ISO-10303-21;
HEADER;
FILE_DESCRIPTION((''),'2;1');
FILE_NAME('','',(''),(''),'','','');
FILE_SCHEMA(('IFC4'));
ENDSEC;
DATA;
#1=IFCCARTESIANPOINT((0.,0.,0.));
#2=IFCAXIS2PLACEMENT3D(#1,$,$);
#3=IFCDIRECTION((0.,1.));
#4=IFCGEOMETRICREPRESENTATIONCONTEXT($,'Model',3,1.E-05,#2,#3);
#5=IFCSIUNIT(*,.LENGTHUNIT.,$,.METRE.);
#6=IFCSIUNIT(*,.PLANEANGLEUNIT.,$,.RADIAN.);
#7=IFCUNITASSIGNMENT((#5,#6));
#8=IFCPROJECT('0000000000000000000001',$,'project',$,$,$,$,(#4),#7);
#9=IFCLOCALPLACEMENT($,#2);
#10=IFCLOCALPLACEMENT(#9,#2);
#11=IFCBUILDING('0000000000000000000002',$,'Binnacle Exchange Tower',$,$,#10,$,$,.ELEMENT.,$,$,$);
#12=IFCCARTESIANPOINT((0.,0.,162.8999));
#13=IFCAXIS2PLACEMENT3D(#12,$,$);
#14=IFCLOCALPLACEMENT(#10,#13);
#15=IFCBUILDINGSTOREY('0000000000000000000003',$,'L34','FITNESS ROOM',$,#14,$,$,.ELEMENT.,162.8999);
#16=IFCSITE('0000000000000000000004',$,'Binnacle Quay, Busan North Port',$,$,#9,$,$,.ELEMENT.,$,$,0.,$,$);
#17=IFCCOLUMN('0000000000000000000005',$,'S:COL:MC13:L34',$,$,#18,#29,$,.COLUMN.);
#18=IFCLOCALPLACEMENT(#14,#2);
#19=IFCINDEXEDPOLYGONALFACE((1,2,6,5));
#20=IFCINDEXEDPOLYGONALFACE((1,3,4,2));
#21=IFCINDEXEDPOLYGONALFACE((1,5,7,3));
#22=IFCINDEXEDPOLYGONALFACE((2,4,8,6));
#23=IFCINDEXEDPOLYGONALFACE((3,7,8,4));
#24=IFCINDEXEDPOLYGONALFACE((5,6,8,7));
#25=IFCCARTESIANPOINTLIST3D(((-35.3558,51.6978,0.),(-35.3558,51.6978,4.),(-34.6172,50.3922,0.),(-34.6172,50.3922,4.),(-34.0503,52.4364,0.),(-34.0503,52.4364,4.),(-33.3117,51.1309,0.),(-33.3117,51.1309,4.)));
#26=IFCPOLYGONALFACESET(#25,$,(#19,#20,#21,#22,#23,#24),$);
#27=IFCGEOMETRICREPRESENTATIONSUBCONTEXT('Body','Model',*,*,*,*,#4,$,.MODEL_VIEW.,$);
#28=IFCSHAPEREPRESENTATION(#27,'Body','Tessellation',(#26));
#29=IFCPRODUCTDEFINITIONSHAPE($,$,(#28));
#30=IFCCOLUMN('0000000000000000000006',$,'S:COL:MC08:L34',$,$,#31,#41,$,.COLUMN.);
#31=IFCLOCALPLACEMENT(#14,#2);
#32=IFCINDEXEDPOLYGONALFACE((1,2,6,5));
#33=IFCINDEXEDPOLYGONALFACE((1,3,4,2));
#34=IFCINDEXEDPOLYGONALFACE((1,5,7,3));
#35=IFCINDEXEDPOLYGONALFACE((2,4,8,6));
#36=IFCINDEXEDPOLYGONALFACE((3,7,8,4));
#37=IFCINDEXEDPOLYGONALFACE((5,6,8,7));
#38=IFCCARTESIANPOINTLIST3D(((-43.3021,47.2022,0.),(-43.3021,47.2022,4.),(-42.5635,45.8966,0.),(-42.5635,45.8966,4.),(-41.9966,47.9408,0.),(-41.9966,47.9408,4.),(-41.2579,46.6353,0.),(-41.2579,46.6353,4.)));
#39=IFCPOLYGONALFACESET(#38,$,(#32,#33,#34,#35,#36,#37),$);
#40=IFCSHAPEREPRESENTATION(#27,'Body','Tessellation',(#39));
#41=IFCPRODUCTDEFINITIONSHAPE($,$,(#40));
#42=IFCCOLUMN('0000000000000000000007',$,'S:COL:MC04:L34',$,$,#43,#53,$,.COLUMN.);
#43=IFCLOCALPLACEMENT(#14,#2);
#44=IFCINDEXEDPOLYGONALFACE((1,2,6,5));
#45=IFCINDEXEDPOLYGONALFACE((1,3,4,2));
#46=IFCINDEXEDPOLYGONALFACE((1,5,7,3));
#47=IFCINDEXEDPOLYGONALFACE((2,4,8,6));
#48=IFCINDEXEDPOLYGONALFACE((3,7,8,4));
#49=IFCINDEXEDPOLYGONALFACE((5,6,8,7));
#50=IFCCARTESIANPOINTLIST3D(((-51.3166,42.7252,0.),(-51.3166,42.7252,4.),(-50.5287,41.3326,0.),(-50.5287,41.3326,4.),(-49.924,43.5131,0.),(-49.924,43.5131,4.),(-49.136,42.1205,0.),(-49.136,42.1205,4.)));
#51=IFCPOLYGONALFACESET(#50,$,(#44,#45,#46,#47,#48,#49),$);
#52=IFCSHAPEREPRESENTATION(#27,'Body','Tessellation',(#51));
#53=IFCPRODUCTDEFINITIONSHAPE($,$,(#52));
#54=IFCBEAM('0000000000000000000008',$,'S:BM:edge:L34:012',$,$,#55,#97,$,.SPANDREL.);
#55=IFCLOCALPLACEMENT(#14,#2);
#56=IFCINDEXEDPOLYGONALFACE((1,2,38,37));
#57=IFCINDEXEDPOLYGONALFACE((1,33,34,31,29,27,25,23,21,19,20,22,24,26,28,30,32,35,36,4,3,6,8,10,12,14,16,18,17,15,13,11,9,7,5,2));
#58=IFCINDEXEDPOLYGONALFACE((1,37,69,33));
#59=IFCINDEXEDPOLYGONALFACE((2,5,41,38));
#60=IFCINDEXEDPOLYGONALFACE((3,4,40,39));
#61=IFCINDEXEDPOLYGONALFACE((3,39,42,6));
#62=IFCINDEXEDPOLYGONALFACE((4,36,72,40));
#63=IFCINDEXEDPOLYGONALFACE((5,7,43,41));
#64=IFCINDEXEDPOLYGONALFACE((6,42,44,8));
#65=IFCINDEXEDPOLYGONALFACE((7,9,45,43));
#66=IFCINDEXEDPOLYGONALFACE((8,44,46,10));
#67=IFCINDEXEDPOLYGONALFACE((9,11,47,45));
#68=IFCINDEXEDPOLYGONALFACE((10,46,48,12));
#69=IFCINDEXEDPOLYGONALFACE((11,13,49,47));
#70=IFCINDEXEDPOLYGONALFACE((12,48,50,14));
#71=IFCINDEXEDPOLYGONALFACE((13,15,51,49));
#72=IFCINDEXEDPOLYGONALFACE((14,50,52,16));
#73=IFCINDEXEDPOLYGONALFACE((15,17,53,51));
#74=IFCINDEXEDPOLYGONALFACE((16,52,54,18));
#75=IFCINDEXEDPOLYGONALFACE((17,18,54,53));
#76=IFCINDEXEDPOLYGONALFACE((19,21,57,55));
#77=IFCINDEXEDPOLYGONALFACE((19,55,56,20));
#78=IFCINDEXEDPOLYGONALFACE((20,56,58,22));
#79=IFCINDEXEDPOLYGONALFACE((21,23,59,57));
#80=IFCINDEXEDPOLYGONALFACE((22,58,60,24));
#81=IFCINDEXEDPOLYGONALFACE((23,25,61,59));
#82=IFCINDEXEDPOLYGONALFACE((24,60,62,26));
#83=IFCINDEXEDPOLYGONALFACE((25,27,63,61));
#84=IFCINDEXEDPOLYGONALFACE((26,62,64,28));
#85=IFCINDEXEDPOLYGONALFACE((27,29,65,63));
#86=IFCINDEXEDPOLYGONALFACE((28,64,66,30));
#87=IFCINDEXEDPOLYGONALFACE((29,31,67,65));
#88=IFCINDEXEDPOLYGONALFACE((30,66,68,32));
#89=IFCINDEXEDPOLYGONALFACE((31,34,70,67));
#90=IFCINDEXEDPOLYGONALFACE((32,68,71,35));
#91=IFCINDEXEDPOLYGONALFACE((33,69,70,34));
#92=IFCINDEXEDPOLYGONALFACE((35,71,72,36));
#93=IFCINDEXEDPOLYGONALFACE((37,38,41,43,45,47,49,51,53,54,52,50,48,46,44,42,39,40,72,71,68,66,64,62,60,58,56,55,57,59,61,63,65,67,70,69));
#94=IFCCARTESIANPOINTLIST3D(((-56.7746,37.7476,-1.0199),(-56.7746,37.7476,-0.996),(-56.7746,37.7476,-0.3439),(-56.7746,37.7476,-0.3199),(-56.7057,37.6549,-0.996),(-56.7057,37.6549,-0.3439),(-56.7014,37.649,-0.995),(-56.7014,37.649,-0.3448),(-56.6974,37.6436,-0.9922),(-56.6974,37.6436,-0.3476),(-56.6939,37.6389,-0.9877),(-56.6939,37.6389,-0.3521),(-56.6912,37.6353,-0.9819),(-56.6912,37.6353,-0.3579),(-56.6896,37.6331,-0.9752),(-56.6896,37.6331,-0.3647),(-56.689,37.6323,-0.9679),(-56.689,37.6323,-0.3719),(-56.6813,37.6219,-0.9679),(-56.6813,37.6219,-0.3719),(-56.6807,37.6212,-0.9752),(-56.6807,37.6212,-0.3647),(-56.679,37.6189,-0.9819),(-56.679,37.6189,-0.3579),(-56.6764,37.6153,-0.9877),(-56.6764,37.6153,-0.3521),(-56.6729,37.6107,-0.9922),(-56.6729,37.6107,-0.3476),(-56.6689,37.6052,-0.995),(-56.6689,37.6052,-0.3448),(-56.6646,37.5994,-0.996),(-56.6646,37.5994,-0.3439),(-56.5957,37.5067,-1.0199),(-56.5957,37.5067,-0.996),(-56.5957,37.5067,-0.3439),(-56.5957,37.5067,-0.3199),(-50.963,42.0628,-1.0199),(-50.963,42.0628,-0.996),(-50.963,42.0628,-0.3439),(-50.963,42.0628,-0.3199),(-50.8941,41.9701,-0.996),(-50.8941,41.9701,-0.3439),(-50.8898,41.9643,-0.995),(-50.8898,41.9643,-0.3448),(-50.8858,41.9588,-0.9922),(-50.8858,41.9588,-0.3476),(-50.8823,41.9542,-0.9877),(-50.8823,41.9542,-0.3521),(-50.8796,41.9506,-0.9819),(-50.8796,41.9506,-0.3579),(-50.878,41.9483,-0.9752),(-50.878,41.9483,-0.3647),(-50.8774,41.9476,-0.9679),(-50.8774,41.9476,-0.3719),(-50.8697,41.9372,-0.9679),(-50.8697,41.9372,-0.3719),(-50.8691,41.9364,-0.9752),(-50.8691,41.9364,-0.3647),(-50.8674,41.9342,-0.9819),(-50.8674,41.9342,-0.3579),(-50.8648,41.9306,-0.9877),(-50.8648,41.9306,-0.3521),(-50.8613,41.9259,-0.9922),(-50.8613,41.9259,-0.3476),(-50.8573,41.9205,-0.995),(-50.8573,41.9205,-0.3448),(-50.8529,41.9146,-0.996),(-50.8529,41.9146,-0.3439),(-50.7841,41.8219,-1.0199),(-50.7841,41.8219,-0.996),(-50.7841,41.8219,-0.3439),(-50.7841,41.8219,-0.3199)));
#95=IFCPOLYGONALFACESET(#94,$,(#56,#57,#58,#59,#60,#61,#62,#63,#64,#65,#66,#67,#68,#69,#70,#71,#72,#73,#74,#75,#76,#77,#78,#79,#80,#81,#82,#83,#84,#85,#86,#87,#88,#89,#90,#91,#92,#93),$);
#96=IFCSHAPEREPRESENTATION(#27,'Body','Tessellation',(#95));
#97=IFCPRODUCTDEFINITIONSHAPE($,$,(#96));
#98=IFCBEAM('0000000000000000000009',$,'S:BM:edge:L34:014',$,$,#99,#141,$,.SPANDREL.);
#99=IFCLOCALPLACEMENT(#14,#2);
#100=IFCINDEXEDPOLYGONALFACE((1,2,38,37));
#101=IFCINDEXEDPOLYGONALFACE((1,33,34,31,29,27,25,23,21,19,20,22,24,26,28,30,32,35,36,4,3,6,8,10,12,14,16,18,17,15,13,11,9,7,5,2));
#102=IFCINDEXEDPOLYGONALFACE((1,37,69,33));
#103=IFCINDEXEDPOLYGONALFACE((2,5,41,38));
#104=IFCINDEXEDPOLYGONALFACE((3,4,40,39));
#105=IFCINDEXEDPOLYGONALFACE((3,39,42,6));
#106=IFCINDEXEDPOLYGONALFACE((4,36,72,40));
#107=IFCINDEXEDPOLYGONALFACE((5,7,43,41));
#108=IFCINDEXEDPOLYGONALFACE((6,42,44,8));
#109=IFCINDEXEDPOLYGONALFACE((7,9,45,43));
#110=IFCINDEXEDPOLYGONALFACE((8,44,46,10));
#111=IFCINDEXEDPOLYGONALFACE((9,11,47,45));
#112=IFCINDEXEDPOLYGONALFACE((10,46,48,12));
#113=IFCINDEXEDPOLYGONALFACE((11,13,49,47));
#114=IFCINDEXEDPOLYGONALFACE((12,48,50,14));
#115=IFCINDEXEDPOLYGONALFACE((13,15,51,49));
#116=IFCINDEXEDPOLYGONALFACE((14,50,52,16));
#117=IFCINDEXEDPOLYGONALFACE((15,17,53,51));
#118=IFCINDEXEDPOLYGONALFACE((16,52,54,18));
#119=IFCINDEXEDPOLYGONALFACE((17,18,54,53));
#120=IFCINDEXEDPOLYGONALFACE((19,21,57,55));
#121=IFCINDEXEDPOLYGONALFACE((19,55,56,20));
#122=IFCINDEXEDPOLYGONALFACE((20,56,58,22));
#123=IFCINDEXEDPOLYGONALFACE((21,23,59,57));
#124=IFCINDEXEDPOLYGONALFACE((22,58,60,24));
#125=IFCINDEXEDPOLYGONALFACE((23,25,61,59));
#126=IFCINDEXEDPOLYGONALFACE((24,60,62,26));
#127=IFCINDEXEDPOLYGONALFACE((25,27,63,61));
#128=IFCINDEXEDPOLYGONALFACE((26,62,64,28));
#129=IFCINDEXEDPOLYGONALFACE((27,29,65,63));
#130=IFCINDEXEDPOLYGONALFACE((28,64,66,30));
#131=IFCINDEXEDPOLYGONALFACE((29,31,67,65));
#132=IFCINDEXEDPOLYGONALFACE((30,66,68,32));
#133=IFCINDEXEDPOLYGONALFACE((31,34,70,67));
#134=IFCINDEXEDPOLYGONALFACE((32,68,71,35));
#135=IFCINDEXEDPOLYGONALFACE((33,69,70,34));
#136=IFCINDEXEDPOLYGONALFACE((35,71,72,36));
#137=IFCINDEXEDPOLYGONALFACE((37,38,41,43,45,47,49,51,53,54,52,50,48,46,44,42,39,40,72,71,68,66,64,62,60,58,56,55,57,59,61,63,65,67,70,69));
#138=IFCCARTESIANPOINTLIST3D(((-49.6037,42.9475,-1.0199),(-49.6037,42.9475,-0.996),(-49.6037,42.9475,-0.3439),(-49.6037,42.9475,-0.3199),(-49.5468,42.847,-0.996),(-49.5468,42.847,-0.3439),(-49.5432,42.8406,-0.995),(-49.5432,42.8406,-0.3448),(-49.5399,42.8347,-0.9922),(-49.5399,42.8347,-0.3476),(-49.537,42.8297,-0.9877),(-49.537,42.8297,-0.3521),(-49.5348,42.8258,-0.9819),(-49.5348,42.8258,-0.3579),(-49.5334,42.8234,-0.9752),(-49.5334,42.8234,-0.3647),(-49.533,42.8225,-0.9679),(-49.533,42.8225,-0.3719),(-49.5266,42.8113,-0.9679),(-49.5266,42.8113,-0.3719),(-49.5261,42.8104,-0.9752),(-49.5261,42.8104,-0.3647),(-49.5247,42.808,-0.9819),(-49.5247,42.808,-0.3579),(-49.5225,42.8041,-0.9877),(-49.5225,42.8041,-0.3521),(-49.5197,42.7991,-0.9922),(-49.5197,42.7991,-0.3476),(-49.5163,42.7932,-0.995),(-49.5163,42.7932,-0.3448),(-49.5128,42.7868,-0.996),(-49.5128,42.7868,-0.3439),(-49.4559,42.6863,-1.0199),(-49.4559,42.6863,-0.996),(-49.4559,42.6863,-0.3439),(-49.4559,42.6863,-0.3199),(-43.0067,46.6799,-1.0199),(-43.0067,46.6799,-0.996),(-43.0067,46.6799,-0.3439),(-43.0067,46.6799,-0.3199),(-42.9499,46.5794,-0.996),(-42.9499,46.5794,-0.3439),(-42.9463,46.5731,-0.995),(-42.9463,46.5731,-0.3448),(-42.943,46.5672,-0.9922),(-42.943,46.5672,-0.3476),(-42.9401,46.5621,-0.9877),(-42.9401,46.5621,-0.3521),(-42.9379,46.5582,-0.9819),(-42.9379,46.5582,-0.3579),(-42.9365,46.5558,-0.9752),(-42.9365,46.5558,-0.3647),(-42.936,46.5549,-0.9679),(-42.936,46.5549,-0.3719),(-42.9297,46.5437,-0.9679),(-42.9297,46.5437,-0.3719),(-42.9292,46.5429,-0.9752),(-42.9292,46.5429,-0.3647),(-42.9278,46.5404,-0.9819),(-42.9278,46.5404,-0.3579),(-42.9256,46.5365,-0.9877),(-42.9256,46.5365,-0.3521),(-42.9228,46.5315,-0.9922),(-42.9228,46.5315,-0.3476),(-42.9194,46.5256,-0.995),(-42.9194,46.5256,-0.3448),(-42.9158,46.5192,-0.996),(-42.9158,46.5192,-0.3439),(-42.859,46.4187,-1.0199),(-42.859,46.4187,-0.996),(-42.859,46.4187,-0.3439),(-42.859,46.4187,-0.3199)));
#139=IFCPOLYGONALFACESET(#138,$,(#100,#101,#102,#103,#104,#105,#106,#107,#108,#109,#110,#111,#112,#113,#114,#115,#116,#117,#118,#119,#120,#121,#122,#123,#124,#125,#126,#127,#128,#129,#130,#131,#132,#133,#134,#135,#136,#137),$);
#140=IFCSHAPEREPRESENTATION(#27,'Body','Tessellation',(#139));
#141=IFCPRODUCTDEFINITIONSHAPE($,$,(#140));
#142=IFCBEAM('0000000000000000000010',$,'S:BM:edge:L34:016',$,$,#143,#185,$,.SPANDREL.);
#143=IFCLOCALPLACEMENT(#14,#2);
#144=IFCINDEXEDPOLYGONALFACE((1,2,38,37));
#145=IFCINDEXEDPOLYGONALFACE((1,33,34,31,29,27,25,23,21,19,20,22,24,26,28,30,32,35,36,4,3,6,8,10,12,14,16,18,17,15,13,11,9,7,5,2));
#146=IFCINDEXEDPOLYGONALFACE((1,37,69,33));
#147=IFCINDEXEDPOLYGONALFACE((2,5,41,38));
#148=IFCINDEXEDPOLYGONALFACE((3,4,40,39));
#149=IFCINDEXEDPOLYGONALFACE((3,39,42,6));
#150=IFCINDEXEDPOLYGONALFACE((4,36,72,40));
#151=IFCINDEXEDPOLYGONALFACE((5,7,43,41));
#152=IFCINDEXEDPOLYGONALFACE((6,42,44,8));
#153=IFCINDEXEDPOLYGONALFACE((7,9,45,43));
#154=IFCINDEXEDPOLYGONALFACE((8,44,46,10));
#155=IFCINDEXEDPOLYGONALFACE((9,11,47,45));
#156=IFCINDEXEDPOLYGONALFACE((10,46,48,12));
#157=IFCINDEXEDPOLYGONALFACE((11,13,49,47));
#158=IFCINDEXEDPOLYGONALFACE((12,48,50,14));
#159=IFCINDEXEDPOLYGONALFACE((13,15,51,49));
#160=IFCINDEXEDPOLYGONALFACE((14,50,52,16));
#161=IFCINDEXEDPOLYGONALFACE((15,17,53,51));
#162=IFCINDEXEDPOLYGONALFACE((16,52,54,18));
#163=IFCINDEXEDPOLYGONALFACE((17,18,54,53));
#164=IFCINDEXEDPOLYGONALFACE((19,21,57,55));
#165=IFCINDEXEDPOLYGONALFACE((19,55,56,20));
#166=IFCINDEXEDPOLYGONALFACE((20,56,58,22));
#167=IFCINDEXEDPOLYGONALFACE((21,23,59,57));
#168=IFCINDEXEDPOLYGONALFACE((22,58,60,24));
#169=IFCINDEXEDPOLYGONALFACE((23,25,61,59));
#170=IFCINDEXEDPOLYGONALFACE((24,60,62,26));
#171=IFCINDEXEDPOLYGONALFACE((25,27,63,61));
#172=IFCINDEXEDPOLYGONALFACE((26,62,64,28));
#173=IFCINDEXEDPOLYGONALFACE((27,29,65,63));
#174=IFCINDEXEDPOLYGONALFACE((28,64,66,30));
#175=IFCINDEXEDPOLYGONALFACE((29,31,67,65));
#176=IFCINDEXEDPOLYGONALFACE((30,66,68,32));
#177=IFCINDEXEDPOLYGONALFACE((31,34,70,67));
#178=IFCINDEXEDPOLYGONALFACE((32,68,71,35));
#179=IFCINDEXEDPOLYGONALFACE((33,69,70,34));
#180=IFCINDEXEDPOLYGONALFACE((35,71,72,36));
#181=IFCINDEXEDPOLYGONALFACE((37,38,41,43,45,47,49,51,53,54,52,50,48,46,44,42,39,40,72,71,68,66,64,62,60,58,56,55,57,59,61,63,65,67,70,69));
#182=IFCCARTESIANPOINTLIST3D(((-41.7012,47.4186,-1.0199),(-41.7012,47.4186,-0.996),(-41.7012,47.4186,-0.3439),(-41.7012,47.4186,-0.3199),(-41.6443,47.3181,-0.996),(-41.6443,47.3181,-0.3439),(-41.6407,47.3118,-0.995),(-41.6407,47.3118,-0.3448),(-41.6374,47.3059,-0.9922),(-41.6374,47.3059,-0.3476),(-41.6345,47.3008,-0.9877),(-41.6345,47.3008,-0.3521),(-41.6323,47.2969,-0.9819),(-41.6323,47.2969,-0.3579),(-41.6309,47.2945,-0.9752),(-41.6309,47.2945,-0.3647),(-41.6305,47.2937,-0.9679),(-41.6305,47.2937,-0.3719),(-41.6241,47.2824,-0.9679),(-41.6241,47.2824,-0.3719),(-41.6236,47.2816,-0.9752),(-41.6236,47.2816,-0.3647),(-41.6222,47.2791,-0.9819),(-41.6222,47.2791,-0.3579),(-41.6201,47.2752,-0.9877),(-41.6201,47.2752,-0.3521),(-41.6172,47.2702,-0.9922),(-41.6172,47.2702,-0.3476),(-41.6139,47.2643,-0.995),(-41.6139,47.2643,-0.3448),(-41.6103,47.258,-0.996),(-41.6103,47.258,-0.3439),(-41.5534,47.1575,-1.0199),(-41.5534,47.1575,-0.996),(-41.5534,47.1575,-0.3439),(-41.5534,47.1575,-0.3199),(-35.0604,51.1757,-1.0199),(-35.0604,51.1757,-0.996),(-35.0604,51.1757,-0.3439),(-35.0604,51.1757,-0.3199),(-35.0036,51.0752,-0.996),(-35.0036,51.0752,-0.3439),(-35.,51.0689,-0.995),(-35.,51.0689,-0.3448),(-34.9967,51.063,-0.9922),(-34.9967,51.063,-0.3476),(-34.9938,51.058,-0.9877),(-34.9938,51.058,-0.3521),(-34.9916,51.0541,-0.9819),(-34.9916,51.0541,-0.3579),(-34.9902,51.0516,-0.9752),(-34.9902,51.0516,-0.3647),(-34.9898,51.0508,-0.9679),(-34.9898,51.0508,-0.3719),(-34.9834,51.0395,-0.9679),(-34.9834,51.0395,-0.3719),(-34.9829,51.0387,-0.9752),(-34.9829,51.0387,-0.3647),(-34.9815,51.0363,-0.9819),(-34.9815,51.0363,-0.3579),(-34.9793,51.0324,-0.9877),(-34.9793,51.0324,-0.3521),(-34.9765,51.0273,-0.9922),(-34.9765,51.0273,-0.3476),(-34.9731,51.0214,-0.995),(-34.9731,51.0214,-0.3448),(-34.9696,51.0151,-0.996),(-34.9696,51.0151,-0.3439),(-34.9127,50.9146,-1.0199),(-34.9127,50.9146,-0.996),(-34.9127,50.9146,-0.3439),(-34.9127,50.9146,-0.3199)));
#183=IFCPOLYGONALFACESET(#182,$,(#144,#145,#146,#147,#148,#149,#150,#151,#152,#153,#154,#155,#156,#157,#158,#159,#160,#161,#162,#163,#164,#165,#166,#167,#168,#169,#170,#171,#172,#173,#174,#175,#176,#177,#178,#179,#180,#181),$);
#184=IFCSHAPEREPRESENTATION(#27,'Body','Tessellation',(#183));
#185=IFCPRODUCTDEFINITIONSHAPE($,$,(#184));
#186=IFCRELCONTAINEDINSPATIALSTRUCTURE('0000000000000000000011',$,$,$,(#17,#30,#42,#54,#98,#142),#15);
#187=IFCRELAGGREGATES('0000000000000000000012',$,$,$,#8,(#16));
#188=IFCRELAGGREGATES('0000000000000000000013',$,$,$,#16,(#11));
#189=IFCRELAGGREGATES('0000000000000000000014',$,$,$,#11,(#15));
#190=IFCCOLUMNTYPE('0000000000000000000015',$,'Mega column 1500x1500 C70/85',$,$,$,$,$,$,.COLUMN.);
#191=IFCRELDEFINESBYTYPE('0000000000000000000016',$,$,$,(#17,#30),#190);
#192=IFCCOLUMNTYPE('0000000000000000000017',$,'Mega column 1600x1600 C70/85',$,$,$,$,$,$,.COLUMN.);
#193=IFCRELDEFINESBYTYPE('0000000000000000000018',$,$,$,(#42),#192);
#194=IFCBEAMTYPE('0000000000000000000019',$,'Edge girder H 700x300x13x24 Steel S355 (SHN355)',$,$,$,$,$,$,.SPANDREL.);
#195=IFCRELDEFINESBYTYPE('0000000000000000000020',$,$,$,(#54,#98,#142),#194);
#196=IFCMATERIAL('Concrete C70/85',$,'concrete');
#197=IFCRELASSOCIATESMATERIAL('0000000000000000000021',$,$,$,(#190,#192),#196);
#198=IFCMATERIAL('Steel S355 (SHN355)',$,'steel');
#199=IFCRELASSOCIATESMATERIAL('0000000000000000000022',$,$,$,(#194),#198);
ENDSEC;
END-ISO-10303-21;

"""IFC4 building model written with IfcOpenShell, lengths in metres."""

from ifc_helpers import new_model, si_unit, direction, frame, origin, origin_2d, place, context, subcontext, project, spatial, rectangle, i_section, extrude, material, material_profile, profile_set, type_object, element, save


model = new_model("IFC4")

# Units and contexts
model_context = context("Model", 3, precision=1e-05, world=origin(), true_north=direction((0.0, 1.0)))
body_context = subcontext(model_context, "Body", "Model", "MODEL_VIEW")
ifc_project = project(units=[si_unit("LENGTHUNIT", "METRE"), si_unit("PLANEANGLEUNIT", "RADIAN")], contexts=[model_context])

# Site, building, storey
site_placement = place(None, origin())
site = spatial("IfcSite", under=ifc_project, at=site_placement, Name="Binnacle Quay, Busan North Port", CompositionType="ELEMENT", RefElevation=0.0)
building_placement = place(site_placement, origin())
building = spatial("IfcBuilding", under=site, at=building_placement, Name="Binnacle Exchange Tower", CompositionType="ELEMENT")
storey_placement = place(building_placement, frame((0.0, 0.0, 162.8999)))
storey = spatial("IfcBuildingStorey", under=building, at=storey_placement, Name="L34", Description="FITNESS ROOM", CompositionType="ELEMENT", Elevation=162.8999)

# Columns
ifc_material_1 = material(Name="Concrete C70/85", Category="concrete")
ifc_material_profile_1 = material_profile(ifc_material_1, rectangle(XDim=1.5, YDim=1.5, at=origin_2d()), Name="Mega column 1500x1500 C70/85")
ifc_profile_set_1 = profile_set([ifc_material_profile_1], Name="Concrete C70/85")
column_type_1 = type_object("IfcColumnType", Name="Mega column 1500x1500 C70/85", PredefinedType="COLUMN", material=ifc_profile_set_1)
for number, where, z_axis, x_axis, name in (
    (1, (-34.3337, 51.4143, 0.0), (0.0, 0.0, 1.0), (-0.870356, -0.492424, 0.0), "S:COL:MC13:L34"),
    (2, (-42.28, 46.9187, 0.0), (0.0, 0.0, 1.0), (-0.870356, -0.492424, 0.0), "S:COL:MC08:L34"),
):
    element("IfcColumn", number, at=place(storey_placement, frame(where, z_axis=z_axis, x_axis=x_axis)), inside=storey, type_object=column_type_1, Name=name, PredefinedType="COLUMN", context=body_context, shape_type="SweptSolid", body=[
        extrude(rectangle(XDim=1.5, YDim=1.5, at=origin_2d()), origin(), (0.0, 0.0, 1.0), 4.0),
    ])
ifc_material_profile_2 = material_profile(ifc_material_1, rectangle(XDim=1.6001, YDim=1.6001, at=origin_2d()), Name="Mega column 1600x1600 C70/85")
ifc_profile_set_2 = profile_set([ifc_material_profile_2], Name="Concrete C70/85")
column_type_2 = type_object("IfcColumnType", Name="Mega column 1600x1600 C70/85", PredefinedType="COLUMN", material=ifc_profile_set_2)
column_placement = place(storey_placement, frame((-50.2263, 42.4229, 0.0), z_axis=(0.0, 0.0, 1.0), x_axis=(-0.870356, -0.492424, 0.0)))
element("IfcColumn", 3, at=column_placement, inside=storey, type_object=column_type_2, Name="S:COL:MC04:L34", PredefinedType="COLUMN", context=body_context, shape_type="SweptSolid", body=[
    extrude(rectangle(XDim=1.6001, YDim=1.6001, at=origin_2d()), origin(), (0.0, 0.0, 1.0), 4.0),
])

# Beams
ifc_material_2 = material(Name="Steel S355 (SHN355)", Category="steel")
ifc_material_profile_3 = material_profile(ifc_material_2, i_section(OverallWidth=0.3, OverallDepth=0.7, WebThickness=0.0129, FlangeThickness=0.0239, FilletRadius=0.0281, at=origin_2d()), Name="H 700x300x13x24")
ifc_profile_set_3 = profile_set([ifc_material_profile_3], Name="Steel S355 (SHN355)")
beam_type_1 = type_object("IfcBeamType", Name="Edge girder H 700x300x13x24 Steel S355 (SHN355)", PredefinedType="SPANDREL", material=ifc_profile_set_3)
beam_1_placement = place(storey_placement, frame((-50.8735, 41.9424, -0.6699), z_axis=(-0.802873, -0.596151, 0.0), x_axis=(0.596151, -0.802873, 0.0)))
element("IfcBeam", 4, at=beam_1_placement, inside=storey, type_object=beam_type_1, Name="S:BM:edge:L34:012", PredefinedType="SPANDREL", context=body_context, shape_type="SweptSolid", body=[
    extrude(i_section(OverallWidth=0.3, OverallDepth=0.7, WebThickness=0.0129, FlangeThickness=0.0239, FilletRadius=0.0281, at=origin_2d()), origin(), (0.0, 0.0, 1.0), 7.2385),
])
beam_2_placement = place(storey_placement, frame((-42.9329, 46.5493, -0.6699), z_axis=(-0.870352, -0.49243, 0.0), x_axis=(0.49243, -0.870352, 0.0)))
element("IfcBeam", 5, at=beam_2_placement, inside=storey, type_object=beam_type_1, Name="S:BM:edge:L34:014", PredefinedType="SPANDREL", context=body_context, shape_type="SweptSolid", body=[
    extrude(i_section(OverallWidth=0.3, OverallDepth=0.7, WebThickness=0.0129, FlangeThickness=0.0239, FilletRadius=0.0281, at=origin_2d()), origin(), (0.0, 0.0, 1.0), 7.5796),
])
beam_3_placement = place(storey_placement, frame((-34.9866, 51.0452, -0.6699), z_axis=(-0.870356, -0.492423, 0.0), x_axis=(0.492423, -0.870356, 0.0)))
element("IfcBeam", 6, at=beam_3_placement, inside=storey, type_object=beam_type_1, Name="S:BM:edge:L34:016", PredefinedType="SPANDREL", context=body_context, shape_type="SweptSolid", body=[
    extrude(i_section(OverallWidth=0.3, OverallDepth=0.7, WebThickness=0.0129, FlangeThickness=0.0239, FilletRadius=0.0281, at=origin_2d()), origin(), (0.0, 0.0, 1.0), 7.6299),
])

save(model, "model.ifc")
